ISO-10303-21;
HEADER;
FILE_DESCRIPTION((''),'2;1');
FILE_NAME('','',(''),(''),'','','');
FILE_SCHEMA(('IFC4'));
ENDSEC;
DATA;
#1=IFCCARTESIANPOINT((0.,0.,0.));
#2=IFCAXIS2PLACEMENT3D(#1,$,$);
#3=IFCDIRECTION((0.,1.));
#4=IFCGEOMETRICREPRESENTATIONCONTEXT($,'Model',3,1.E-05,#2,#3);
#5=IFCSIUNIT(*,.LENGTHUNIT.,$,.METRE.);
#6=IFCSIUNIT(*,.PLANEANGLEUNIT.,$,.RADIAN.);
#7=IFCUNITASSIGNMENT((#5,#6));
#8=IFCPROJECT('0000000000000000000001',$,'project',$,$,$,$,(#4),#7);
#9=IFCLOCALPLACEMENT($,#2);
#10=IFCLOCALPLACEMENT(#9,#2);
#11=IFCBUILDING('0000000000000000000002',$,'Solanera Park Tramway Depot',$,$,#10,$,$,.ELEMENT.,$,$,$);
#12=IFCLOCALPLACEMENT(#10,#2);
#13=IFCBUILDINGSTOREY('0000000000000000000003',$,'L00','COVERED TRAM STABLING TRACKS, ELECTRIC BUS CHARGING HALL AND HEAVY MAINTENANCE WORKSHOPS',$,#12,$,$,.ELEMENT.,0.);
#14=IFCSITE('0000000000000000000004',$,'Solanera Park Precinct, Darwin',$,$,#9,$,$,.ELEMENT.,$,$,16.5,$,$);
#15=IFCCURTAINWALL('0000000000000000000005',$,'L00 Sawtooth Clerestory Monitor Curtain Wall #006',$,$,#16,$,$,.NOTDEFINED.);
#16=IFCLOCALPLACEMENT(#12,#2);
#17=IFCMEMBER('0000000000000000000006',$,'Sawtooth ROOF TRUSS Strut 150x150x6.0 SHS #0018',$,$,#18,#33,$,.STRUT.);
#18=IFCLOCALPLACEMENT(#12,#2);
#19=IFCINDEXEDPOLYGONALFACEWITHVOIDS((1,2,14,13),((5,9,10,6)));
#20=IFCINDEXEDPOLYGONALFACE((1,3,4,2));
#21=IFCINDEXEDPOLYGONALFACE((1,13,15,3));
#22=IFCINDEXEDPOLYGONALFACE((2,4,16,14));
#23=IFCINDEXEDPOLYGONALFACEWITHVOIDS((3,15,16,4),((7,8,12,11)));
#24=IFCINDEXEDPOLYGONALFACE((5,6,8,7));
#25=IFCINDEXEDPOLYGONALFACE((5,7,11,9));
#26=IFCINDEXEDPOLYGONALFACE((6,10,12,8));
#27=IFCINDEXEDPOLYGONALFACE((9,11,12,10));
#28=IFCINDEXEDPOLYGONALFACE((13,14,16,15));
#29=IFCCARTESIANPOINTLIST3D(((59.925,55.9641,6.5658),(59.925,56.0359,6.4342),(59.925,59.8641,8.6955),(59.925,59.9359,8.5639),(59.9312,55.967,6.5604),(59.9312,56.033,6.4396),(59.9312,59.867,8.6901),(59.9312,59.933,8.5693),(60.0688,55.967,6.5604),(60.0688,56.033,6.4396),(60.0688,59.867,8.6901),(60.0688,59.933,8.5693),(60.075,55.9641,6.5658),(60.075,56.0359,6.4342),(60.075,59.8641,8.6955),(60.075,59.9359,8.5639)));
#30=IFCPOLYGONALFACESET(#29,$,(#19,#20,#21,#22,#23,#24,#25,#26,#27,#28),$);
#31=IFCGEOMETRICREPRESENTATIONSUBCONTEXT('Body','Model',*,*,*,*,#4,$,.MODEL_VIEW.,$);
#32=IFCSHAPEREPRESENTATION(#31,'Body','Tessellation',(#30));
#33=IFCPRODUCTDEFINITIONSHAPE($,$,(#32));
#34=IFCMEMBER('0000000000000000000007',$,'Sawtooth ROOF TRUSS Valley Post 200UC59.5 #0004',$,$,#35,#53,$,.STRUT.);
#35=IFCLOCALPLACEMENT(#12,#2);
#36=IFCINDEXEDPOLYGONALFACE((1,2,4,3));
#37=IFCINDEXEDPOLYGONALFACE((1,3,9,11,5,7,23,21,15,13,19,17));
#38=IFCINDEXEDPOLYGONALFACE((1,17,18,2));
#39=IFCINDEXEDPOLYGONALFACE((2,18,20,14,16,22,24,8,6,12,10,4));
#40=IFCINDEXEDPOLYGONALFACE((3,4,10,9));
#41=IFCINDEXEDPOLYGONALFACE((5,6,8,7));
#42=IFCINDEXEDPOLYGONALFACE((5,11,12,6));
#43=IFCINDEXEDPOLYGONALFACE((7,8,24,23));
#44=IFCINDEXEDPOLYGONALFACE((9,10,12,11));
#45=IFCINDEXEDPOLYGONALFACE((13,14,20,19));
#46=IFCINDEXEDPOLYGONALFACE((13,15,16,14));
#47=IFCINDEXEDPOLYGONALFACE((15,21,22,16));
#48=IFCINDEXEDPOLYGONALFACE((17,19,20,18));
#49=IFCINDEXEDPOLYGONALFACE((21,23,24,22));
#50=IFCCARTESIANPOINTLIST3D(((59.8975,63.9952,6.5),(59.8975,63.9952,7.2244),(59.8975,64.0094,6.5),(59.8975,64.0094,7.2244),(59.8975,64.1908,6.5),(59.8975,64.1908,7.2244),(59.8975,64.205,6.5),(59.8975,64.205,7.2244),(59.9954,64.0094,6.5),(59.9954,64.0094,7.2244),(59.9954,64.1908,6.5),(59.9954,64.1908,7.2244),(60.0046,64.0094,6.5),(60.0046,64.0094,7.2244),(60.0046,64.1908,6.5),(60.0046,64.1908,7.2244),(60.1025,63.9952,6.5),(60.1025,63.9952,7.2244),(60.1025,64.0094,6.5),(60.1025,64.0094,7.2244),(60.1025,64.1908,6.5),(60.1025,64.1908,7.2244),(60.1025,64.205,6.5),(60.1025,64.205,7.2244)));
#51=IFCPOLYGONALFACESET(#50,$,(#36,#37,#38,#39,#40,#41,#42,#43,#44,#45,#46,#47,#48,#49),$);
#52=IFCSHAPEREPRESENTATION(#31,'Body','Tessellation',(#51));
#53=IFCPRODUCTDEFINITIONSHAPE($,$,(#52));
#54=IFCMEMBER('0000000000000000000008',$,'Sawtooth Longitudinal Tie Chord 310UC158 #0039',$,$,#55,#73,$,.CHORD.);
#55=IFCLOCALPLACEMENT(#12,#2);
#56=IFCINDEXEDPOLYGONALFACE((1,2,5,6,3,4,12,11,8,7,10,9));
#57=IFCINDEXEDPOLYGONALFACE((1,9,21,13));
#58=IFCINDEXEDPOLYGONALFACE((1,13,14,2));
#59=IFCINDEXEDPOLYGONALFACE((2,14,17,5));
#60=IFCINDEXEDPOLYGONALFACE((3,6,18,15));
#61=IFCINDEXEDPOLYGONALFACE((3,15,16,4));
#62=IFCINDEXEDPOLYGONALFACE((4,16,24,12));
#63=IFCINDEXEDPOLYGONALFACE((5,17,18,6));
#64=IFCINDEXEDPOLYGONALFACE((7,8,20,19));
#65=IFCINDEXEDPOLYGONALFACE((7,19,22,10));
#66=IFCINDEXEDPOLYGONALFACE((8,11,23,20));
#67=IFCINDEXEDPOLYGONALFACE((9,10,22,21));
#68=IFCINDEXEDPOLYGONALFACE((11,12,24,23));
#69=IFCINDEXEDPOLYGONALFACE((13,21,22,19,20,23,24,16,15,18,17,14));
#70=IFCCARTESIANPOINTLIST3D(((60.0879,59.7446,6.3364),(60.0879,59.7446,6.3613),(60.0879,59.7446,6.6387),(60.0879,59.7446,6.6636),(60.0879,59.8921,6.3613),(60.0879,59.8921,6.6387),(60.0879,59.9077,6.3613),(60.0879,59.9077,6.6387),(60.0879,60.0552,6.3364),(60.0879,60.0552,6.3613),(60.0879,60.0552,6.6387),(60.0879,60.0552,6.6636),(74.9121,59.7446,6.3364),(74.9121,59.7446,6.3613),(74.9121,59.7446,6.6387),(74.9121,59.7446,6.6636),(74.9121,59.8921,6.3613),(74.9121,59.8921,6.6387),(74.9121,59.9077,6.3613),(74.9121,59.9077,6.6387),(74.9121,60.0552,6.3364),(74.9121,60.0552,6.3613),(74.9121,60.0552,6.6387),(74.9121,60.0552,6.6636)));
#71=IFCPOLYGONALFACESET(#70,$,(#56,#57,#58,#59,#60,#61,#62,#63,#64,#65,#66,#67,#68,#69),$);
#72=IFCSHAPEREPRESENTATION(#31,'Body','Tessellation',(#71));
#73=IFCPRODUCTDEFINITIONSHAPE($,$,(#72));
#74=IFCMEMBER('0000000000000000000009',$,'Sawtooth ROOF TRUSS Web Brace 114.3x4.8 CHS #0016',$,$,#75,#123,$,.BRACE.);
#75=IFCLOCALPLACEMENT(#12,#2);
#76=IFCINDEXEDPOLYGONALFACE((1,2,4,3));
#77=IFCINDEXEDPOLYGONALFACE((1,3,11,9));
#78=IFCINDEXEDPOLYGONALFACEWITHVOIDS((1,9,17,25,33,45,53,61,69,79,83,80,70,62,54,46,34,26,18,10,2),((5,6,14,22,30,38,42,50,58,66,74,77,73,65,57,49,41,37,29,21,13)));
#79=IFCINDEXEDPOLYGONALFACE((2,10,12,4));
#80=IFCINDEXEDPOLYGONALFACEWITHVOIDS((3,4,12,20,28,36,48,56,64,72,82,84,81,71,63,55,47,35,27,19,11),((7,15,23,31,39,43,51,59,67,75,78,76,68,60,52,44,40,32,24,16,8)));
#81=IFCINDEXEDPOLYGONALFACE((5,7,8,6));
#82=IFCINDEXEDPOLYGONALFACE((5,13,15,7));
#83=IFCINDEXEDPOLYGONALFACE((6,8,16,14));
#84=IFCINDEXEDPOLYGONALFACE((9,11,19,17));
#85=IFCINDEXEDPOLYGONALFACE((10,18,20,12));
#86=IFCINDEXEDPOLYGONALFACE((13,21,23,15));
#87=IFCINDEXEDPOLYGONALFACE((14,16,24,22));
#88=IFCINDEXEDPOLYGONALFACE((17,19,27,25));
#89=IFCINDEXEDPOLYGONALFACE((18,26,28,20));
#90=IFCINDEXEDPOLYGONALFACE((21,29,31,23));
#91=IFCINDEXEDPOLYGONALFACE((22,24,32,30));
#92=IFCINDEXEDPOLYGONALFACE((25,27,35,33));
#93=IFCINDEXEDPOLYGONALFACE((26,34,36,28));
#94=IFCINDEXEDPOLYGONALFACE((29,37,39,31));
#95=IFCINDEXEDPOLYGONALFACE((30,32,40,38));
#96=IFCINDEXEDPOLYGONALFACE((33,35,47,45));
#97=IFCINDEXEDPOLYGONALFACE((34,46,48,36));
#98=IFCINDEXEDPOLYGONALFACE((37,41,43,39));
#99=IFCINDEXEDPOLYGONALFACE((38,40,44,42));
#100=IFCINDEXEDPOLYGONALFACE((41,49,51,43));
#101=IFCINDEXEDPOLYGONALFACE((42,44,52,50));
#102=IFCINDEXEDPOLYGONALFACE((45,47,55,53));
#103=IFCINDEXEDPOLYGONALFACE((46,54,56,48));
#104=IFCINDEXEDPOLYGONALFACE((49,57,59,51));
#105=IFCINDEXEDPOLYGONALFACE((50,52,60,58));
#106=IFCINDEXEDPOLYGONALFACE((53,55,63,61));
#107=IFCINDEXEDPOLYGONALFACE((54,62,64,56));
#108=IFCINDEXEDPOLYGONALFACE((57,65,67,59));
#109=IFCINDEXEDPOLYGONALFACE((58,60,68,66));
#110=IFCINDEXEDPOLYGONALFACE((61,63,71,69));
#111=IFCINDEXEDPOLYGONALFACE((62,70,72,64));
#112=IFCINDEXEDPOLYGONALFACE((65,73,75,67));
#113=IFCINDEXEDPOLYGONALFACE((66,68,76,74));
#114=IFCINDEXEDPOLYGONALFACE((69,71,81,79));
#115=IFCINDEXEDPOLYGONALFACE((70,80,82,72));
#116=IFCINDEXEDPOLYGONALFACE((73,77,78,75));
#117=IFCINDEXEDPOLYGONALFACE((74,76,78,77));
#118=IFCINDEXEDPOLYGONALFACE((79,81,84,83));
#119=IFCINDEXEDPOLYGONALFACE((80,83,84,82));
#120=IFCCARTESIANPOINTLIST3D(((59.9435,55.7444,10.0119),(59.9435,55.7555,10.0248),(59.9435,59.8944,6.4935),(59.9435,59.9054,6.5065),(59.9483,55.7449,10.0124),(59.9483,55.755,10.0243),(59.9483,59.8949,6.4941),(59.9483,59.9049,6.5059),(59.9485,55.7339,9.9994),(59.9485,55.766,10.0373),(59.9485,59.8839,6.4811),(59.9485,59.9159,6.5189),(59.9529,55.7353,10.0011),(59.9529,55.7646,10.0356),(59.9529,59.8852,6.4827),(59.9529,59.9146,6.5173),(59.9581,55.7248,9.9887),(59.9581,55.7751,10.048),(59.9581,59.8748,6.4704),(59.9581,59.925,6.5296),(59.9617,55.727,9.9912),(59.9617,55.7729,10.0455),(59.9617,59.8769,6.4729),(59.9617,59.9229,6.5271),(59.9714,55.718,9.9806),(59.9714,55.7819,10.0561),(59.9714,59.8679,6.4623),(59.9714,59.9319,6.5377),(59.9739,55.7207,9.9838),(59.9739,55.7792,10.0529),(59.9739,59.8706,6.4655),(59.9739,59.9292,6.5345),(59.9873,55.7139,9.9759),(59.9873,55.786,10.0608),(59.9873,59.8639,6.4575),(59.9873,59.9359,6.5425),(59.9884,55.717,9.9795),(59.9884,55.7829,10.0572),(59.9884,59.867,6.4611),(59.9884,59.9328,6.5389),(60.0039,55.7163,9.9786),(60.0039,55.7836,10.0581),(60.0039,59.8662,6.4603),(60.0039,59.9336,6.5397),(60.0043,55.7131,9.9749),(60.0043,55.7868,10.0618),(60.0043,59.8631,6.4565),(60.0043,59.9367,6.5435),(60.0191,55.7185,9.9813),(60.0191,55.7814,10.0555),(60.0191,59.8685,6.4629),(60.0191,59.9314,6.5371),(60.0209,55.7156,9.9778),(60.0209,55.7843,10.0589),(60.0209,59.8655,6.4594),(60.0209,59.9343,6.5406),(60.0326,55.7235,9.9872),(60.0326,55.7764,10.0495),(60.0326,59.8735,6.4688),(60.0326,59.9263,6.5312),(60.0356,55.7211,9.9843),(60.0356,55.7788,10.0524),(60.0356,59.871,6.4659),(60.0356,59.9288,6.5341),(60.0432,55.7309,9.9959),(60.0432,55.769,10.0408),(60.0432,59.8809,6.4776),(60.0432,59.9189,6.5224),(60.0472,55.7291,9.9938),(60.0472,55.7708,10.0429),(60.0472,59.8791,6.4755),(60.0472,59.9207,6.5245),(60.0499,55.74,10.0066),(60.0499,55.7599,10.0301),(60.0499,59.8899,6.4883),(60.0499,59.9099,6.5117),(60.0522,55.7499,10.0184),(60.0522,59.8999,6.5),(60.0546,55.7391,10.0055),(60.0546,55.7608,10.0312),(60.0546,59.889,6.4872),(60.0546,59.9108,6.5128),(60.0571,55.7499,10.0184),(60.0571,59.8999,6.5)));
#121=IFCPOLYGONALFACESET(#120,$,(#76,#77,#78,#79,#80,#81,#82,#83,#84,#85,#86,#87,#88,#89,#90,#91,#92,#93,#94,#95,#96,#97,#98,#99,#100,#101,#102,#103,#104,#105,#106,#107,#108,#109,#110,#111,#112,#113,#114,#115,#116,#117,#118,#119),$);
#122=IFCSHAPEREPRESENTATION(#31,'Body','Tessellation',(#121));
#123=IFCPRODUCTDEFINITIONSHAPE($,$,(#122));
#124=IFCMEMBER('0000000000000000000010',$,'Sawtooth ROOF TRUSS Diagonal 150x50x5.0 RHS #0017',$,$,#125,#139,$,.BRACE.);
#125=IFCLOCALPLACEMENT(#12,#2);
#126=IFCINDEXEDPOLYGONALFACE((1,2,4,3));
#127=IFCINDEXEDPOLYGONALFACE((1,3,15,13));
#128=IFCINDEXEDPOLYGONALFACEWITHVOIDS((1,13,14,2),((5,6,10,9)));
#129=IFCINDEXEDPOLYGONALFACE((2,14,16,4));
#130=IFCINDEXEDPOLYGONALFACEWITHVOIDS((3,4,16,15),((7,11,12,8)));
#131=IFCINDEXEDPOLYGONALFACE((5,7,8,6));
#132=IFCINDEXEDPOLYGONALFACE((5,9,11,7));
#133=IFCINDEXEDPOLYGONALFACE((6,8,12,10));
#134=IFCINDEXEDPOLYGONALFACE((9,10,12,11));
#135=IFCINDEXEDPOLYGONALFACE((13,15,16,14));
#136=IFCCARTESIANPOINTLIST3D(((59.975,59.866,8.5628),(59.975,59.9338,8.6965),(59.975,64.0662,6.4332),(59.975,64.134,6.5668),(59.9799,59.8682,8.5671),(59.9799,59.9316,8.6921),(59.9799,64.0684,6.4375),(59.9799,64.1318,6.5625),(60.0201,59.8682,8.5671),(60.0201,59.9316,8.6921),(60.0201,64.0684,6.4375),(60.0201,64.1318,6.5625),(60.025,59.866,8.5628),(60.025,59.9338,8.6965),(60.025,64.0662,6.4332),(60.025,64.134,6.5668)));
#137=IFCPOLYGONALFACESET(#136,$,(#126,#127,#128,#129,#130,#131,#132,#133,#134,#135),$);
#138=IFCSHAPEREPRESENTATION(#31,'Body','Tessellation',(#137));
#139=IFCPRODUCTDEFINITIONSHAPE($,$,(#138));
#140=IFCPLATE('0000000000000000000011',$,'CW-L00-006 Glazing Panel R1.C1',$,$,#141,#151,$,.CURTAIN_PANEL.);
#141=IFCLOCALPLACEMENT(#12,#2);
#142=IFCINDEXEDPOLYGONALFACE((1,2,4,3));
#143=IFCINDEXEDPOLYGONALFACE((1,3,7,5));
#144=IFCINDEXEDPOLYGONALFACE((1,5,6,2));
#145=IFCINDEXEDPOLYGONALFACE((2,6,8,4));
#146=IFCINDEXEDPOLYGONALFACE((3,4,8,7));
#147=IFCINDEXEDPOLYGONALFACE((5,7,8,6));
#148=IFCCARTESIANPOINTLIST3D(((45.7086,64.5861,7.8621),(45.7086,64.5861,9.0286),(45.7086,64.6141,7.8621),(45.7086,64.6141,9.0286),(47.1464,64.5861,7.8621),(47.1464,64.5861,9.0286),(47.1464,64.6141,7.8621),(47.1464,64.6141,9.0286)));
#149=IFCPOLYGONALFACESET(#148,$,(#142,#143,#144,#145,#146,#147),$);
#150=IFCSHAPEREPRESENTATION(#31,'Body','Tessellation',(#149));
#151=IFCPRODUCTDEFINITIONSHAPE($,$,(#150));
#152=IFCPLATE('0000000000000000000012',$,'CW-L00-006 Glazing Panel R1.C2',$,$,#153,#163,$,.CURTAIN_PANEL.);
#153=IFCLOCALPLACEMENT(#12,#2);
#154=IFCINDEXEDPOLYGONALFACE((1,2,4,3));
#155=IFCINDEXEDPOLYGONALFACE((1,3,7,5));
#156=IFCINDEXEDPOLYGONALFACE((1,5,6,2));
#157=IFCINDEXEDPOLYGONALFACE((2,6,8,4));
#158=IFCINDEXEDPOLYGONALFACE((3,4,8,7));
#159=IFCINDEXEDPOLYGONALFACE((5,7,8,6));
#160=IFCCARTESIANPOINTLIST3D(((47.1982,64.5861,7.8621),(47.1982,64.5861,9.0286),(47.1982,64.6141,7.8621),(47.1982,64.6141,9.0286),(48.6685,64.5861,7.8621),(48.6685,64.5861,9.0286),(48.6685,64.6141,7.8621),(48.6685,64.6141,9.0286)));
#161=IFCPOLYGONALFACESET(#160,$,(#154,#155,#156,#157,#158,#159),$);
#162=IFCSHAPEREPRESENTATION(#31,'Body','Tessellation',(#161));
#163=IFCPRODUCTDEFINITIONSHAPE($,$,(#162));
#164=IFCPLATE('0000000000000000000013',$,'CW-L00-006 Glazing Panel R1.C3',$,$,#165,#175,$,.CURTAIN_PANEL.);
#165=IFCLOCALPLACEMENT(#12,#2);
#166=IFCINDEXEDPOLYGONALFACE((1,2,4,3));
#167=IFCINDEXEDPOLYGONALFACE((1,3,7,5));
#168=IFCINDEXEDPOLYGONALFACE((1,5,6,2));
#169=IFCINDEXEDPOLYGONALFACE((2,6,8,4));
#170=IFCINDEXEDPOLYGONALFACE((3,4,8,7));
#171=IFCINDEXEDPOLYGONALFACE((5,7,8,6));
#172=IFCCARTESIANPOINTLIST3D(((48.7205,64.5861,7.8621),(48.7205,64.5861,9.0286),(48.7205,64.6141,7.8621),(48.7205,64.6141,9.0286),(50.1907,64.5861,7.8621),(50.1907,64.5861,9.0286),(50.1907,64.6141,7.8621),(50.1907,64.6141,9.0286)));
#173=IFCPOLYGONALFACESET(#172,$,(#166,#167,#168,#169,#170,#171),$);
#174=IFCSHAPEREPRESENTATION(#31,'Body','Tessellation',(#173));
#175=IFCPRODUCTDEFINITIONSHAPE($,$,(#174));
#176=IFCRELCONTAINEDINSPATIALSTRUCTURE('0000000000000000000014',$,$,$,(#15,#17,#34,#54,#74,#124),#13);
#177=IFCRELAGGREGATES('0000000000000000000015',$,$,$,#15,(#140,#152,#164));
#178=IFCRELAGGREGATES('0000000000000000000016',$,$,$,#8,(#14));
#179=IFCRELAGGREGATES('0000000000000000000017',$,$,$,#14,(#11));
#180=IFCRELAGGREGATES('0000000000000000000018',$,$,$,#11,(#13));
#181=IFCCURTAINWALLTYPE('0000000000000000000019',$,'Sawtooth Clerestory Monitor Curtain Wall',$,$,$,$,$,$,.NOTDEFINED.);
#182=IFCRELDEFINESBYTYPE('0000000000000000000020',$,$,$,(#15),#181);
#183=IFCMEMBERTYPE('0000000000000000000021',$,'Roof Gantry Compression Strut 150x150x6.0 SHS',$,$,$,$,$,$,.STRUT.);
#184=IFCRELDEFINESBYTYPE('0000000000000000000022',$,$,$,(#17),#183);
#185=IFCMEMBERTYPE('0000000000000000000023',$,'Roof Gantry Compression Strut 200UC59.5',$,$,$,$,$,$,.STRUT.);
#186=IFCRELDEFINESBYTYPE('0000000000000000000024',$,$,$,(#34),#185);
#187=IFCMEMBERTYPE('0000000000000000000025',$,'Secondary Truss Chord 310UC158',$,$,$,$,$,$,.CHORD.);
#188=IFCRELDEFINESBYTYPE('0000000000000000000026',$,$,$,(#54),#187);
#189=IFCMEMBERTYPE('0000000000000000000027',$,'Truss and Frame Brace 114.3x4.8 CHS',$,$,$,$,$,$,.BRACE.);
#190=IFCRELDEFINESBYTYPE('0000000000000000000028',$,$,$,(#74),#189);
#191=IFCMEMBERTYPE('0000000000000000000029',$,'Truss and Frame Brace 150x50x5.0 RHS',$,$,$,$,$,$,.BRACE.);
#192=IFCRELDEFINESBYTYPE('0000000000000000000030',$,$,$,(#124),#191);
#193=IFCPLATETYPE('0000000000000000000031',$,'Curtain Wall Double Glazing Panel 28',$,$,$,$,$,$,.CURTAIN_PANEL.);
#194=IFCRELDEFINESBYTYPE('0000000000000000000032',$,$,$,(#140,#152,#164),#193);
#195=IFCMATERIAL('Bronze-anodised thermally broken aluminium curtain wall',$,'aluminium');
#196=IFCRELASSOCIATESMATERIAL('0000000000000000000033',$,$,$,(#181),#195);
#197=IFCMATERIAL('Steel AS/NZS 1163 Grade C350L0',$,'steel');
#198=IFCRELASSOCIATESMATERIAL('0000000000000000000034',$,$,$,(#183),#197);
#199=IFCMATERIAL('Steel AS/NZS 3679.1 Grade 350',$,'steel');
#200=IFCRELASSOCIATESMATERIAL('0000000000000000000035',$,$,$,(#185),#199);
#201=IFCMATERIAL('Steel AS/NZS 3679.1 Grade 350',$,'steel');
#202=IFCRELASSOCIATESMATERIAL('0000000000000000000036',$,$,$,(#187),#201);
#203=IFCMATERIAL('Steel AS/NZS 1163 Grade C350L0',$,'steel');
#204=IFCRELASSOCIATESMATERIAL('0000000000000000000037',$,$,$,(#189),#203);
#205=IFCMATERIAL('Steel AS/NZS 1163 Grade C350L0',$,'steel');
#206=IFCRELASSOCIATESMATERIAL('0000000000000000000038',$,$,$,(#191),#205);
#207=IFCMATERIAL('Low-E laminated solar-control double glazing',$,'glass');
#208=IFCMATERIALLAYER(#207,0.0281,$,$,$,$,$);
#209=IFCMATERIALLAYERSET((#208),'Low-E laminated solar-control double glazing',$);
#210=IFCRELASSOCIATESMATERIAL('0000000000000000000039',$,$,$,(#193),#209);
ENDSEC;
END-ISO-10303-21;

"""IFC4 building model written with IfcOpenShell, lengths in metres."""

from ifc_helpers import new_model, si_unit, direction, frame, origin, origin_2d, place, context, subcontext, project, spatial, rectangle, hollow_rectangle, hollow_circle, i_section, extrude, material, layer, layer_set, material_profile, profile_set, type_object, element, aggregate, save


model = new_model("IFC4")

# Units and contexts
model_context = context("Model", 3, precision=1e-05, world=origin(), true_north=direction((0.0, 1.0)))
body_context = subcontext(model_context, "Body", "Model", "MODEL_VIEW")
ifc_project = project(units=[si_unit("LENGTHUNIT", "METRE"), si_unit("PLANEANGLEUNIT", "RADIAN")], contexts=[model_context])

# Site, building, storey
site_placement = place(None, origin())
site = spatial("IfcSite", under=ifc_project, at=site_placement, Name="Solanera Park Precinct, Darwin", CompositionType="ELEMENT", RefElevation=16.5)
building_placement = place(site_placement, origin())
building = spatial("IfcBuilding", under=site, at=building_placement, Name="Solanera Park Tramway Depot", CompositionType="ELEMENT")
storey_placement = place(building_placement, origin())
storey = spatial("IfcBuildingStorey", under=building, at=storey_placement, Name="L00", Description="COVERED TRAM STABLING TRACKS, ELECTRIC BUS CHARGING HALL AND HEAVY MAINTENANCE WORKSHOPS", CompositionType="ELEMENT", Elevation=0.0)

# Curtain wall
ifc_material_1 = material(Name="Bronze-anodised thermally broken aluminium curtain wall", Category="aluminium")
curtain_wall_type = type_object("IfcCurtainWallType", Name="Sawtooth Clerestory Monitor Curtain Wall", PredefinedType="NOTDEFINED", material=ifc_material_1)
curtain_wall_placement = place(storey_placement, origin())
curtain_wall = element("IfcCurtainWall", 1, at=curtain_wall_placement, inside=storey, type_object=curtain_wall_type, Name="L00 Sawtooth Clerestory Monitor Curtain Wall #006", PredefinedType="NOTDEFINED")

# Members
ifc_material_2 = material(Name="Steel AS/NZS 1163 Grade C350L0", Category="steel")
ifc_material_profile_1 = material_profile(ifc_material_2, hollow_rectangle(XDim=0.1499, YDim=0.1499, WallThickness=0.0061, at=origin_2d()), Name="150x150x6.0 SHS")
ifc_profile_set_1 = profile_set([ifc_material_profile_1], Name="Steel AS/NZS 1163 Grade C350L0")
member_type_1 = type_object("IfcMemberType", Name="Roof Gantry Compression Strut 150x150x6.0 SHS", PredefinedType="STRUT", material=ifc_profile_set_1)
member_1_placement = place(storey_placement, frame((60.0, 56.0, 6.5), z_axis=(0.0, 0.877667, 0.479272), x_axis=(-1.0, 0.0, 0.0)))
element("IfcMember", 2, at=member_1_placement, inside=storey, type_object=member_type_1, Name="Sawtooth ROOF TRUSS Strut 150x150x6.0 SHS #0018", PredefinedType="STRUT", context=body_context, shape_type="SweptSolid", body=[
    extrude(hollow_rectangle(XDim=0.1499, YDim=0.1499, WallThickness=0.0061, at=origin_2d()), origin(), (0.0, 0.0, 1.0), 4.4436),
])
ifc_material_3 = material(Name="Steel AS/NZS 3679.1 Grade 350", Category="steel")
ifc_material_profile_2 = material_profile(ifc_material_3, i_section(OverallWidth=0.2051, OverallDepth=0.2097, WebThickness=0.0093, FlangeThickness=0.0142, at=origin_2d()), Name="200UC59.5")
ifc_profile_set_2 = profile_set([ifc_material_profile_2], Name="Steel AS/NZS 3679.1 Grade 350")
member_type_2 = type_object("IfcMemberType", Name="Roof Gantry Compression Strut 200UC59.5", PredefinedType="STRUT", material=ifc_profile_set_2)
member_2_placement = place(storey_placement, frame((60.0, 64.1001, 6.5), z_axis=(0.0, 0.0, 1.0), x_axis=(1.0, 0.0, 0.0)))
element("IfcMember", 3, at=member_2_placement, inside=storey, type_object=member_type_2, Name="Sawtooth ROOF TRUSS Valley Post 200UC59.5 #0004", PredefinedType="STRUT", context=body_context, shape_type="SweptSolid", body=[
    extrude(i_section(OverallWidth=0.2051, OverallDepth=0.2097, WebThickness=0.0093, FlangeThickness=0.0142, at=origin_2d()), origin(), (0.0, 0.0, 1.0), 0.7244),
])
ifc_material_4 = material(Name="Steel AS/NZS 3679.1 Grade 350", Category="steel")
ifc_material_profile_3 = material_profile(ifc_material_4, i_section(OverallWidth=0.3105, OverallDepth=0.3271, WebThickness=0.0156, FlangeThickness=0.0249, at=origin_2d()), Name="310UC158")
ifc_profile_set_3 = profile_set([ifc_material_profile_3], Name="Steel AS/NZS 3679.1 Grade 350")
member_type_3 = type_object("IfcMemberType", Name="Secondary Truss Chord 310UC158", PredefinedType="CHORD", material=ifc_profile_set_3)
member_3_placement = place(storey_placement, frame((60.0879, 59.8999, 6.5), z_axis=(1.0, 0.0, 0.0), x_axis=(0.0, 1.0, 0.0)))
element("IfcMember", 4, at=member_3_placement, inside=storey, type_object=member_type_3, Name="Sawtooth Longitudinal Tie Chord 310UC158 #0039", PredefinedType="CHORD", context=body_context, shape_type="SweptSolid", body=[
    extrude(i_section(OverallWidth=0.3105, OverallDepth=0.3271, WebThickness=0.0156, FlangeThickness=0.0249, at=origin_2d()), origin(), (0.0, 0.0, 1.0), 14.8242),
])
ifc_material_5 = material(Name="Steel AS/NZS 1163 Grade C350L0", Category="steel")
ifc_material_profile_4 = material_profile(ifc_material_5, hollow_circle(Radius=0.0571, WallThickness=0.0049, at=origin_2d()), Name="114.3x4.8 CHS")
ifc_profile_set_4 = profile_set([ifc_material_profile_4], Name="Steel AS/NZS 1163 Grade C350L0")
member_type_4 = type_object("IfcMemberType", Name="Truss and Frame Brace 114.3x4.8 CHS", PredefinedType="BRACE", material=ifc_profile_set_4)
member_4_placement = place(storey_placement, frame((60.0, 59.8999, 6.5), z_axis=(0.0, -0.762765, 0.646676), x_axis=(1.0, 0.0, 0.0)))
element("IfcMember", 5, at=member_4_placement, inside=storey, type_object=member_type_4, Name="Sawtooth ROOF TRUSS Web Brace 114.3x4.8 CHS #0016", PredefinedType="BRACE", context=body_context, shape_type="SweptSolid", body=[
    extrude(hollow_circle(Radius=0.0571, WallThickness=0.0049, at=origin_2d()), origin(), (0.0, 0.0, 1.0), 5.4407),
])
ifc_material_6 = material(Name="Steel AS/NZS 1163 Grade C350L0", Category="steel")
ifc_material_profile_5 = material_profile(ifc_material_6, hollow_rectangle(XDim=0.05, YDim=0.1499, WallThickness=0.0049, at=origin_2d()), Name="150x50x5.0 RHS")
ifc_profile_set_5 = profile_set([ifc_material_profile_5], Name="Steel AS/NZS 1163 Grade C350L0")
member_type_5 = type_object("IfcMemberType", Name="Truss and Frame Brace 150x50x5.0 RHS", PredefinedType="BRACE", material=ifc_profile_set_5)
member_5_placement = place(storey_placement, frame((60.0, 64.1001, 6.5), z_axis=(0.0, -0.891904, 0.452225), x_axis=(1.0, 0.0, 0.0)))
element("IfcMember", 6, at=member_5_placement, inside=storey, type_object=member_type_5, Name="Sawtooth ROOF TRUSS Diagonal 150x50x5.0 RHS #0017", PredefinedType="BRACE", context=body_context, shape_type="SweptSolid", body=[
    extrude(hollow_rectangle(XDim=0.05, YDim=0.1499, WallThickness=0.0049, at=origin_2d()), origin(), (0.0, 0.0, 1.0), 4.7092),
])

# Plates
ifc_material_7 = material(Name="Low-E laminated solar-control double glazing", Category="glass")
ifc_layer_1 = layer(ifc_material_7, 0.0281)
ifc_layer_set_1 = layer_set([ifc_layer_1], Name="Low-E laminated solar-control double glazing")
plate_type_1 = type_object("IfcPlateType", Name="Curtain Wall Double Glazing Panel 28", PredefinedType="CURTAIN_PANEL", material=ifc_layer_set_1)
plate_1_placement = place(storey_placement, frame((46.4275, 64.6001, 7.8621), z_axis=(0.0, 0.0, 1.0), x_axis=(1.0, 0.0, 0.0)))
plate_1 = element("IfcPlate", 7, at=plate_1_placement, type_object=plate_type_1, Name="CW-L00-006 Glazing Panel R1.C1", PredefinedType="CURTAIN_PANEL", context=body_context, shape_type="SweptSolid", body=[
    extrude(rectangle(XDim=1.4377, YDim=0.0281, at=origin_2d()), origin(), (0.0, 0.0, 1.0), 1.1665),
])
plate_2_placement = place(storey_placement, frame((47.9333, 64.6001, 7.8621), z_axis=(0.0, 0.0, 1.0), x_axis=(1.0, 0.0, 0.0)))
plate_2 = element("IfcPlate", 8, at=plate_2_placement, type_object=plate_type_1, Name="CW-L00-006 Glazing Panel R1.C2", PredefinedType="CURTAIN_PANEL", context=body_context, shape_type="SweptSolid", body=[
    extrude(rectangle(XDim=1.4702, YDim=0.0281, at=origin_2d()), origin(), (0.0, 0.0, 1.0), 1.1665),
])
plate_3_placement = place(storey_placement, frame((49.4556, 64.6001, 7.8621), z_axis=(0.0, 0.0, 1.0), x_axis=(1.0, 0.0, 0.0)))
plate_3 = element("IfcPlate", 9, at=plate_3_placement, type_object=plate_type_1, Name="CW-L00-006 Glazing Panel R1.C3", PredefinedType="CURTAIN_PANEL", context=body_context, shape_type="SweptSolid", body=[
    extrude(rectangle(XDim=1.4702, YDim=0.0281, at=origin_2d()), origin(), (0.0, 0.0, 1.0), 1.1665),
])
aggregate(curtain_wall, [plate_1, plate_2, plate_3])

save(model, "model.ifc")
